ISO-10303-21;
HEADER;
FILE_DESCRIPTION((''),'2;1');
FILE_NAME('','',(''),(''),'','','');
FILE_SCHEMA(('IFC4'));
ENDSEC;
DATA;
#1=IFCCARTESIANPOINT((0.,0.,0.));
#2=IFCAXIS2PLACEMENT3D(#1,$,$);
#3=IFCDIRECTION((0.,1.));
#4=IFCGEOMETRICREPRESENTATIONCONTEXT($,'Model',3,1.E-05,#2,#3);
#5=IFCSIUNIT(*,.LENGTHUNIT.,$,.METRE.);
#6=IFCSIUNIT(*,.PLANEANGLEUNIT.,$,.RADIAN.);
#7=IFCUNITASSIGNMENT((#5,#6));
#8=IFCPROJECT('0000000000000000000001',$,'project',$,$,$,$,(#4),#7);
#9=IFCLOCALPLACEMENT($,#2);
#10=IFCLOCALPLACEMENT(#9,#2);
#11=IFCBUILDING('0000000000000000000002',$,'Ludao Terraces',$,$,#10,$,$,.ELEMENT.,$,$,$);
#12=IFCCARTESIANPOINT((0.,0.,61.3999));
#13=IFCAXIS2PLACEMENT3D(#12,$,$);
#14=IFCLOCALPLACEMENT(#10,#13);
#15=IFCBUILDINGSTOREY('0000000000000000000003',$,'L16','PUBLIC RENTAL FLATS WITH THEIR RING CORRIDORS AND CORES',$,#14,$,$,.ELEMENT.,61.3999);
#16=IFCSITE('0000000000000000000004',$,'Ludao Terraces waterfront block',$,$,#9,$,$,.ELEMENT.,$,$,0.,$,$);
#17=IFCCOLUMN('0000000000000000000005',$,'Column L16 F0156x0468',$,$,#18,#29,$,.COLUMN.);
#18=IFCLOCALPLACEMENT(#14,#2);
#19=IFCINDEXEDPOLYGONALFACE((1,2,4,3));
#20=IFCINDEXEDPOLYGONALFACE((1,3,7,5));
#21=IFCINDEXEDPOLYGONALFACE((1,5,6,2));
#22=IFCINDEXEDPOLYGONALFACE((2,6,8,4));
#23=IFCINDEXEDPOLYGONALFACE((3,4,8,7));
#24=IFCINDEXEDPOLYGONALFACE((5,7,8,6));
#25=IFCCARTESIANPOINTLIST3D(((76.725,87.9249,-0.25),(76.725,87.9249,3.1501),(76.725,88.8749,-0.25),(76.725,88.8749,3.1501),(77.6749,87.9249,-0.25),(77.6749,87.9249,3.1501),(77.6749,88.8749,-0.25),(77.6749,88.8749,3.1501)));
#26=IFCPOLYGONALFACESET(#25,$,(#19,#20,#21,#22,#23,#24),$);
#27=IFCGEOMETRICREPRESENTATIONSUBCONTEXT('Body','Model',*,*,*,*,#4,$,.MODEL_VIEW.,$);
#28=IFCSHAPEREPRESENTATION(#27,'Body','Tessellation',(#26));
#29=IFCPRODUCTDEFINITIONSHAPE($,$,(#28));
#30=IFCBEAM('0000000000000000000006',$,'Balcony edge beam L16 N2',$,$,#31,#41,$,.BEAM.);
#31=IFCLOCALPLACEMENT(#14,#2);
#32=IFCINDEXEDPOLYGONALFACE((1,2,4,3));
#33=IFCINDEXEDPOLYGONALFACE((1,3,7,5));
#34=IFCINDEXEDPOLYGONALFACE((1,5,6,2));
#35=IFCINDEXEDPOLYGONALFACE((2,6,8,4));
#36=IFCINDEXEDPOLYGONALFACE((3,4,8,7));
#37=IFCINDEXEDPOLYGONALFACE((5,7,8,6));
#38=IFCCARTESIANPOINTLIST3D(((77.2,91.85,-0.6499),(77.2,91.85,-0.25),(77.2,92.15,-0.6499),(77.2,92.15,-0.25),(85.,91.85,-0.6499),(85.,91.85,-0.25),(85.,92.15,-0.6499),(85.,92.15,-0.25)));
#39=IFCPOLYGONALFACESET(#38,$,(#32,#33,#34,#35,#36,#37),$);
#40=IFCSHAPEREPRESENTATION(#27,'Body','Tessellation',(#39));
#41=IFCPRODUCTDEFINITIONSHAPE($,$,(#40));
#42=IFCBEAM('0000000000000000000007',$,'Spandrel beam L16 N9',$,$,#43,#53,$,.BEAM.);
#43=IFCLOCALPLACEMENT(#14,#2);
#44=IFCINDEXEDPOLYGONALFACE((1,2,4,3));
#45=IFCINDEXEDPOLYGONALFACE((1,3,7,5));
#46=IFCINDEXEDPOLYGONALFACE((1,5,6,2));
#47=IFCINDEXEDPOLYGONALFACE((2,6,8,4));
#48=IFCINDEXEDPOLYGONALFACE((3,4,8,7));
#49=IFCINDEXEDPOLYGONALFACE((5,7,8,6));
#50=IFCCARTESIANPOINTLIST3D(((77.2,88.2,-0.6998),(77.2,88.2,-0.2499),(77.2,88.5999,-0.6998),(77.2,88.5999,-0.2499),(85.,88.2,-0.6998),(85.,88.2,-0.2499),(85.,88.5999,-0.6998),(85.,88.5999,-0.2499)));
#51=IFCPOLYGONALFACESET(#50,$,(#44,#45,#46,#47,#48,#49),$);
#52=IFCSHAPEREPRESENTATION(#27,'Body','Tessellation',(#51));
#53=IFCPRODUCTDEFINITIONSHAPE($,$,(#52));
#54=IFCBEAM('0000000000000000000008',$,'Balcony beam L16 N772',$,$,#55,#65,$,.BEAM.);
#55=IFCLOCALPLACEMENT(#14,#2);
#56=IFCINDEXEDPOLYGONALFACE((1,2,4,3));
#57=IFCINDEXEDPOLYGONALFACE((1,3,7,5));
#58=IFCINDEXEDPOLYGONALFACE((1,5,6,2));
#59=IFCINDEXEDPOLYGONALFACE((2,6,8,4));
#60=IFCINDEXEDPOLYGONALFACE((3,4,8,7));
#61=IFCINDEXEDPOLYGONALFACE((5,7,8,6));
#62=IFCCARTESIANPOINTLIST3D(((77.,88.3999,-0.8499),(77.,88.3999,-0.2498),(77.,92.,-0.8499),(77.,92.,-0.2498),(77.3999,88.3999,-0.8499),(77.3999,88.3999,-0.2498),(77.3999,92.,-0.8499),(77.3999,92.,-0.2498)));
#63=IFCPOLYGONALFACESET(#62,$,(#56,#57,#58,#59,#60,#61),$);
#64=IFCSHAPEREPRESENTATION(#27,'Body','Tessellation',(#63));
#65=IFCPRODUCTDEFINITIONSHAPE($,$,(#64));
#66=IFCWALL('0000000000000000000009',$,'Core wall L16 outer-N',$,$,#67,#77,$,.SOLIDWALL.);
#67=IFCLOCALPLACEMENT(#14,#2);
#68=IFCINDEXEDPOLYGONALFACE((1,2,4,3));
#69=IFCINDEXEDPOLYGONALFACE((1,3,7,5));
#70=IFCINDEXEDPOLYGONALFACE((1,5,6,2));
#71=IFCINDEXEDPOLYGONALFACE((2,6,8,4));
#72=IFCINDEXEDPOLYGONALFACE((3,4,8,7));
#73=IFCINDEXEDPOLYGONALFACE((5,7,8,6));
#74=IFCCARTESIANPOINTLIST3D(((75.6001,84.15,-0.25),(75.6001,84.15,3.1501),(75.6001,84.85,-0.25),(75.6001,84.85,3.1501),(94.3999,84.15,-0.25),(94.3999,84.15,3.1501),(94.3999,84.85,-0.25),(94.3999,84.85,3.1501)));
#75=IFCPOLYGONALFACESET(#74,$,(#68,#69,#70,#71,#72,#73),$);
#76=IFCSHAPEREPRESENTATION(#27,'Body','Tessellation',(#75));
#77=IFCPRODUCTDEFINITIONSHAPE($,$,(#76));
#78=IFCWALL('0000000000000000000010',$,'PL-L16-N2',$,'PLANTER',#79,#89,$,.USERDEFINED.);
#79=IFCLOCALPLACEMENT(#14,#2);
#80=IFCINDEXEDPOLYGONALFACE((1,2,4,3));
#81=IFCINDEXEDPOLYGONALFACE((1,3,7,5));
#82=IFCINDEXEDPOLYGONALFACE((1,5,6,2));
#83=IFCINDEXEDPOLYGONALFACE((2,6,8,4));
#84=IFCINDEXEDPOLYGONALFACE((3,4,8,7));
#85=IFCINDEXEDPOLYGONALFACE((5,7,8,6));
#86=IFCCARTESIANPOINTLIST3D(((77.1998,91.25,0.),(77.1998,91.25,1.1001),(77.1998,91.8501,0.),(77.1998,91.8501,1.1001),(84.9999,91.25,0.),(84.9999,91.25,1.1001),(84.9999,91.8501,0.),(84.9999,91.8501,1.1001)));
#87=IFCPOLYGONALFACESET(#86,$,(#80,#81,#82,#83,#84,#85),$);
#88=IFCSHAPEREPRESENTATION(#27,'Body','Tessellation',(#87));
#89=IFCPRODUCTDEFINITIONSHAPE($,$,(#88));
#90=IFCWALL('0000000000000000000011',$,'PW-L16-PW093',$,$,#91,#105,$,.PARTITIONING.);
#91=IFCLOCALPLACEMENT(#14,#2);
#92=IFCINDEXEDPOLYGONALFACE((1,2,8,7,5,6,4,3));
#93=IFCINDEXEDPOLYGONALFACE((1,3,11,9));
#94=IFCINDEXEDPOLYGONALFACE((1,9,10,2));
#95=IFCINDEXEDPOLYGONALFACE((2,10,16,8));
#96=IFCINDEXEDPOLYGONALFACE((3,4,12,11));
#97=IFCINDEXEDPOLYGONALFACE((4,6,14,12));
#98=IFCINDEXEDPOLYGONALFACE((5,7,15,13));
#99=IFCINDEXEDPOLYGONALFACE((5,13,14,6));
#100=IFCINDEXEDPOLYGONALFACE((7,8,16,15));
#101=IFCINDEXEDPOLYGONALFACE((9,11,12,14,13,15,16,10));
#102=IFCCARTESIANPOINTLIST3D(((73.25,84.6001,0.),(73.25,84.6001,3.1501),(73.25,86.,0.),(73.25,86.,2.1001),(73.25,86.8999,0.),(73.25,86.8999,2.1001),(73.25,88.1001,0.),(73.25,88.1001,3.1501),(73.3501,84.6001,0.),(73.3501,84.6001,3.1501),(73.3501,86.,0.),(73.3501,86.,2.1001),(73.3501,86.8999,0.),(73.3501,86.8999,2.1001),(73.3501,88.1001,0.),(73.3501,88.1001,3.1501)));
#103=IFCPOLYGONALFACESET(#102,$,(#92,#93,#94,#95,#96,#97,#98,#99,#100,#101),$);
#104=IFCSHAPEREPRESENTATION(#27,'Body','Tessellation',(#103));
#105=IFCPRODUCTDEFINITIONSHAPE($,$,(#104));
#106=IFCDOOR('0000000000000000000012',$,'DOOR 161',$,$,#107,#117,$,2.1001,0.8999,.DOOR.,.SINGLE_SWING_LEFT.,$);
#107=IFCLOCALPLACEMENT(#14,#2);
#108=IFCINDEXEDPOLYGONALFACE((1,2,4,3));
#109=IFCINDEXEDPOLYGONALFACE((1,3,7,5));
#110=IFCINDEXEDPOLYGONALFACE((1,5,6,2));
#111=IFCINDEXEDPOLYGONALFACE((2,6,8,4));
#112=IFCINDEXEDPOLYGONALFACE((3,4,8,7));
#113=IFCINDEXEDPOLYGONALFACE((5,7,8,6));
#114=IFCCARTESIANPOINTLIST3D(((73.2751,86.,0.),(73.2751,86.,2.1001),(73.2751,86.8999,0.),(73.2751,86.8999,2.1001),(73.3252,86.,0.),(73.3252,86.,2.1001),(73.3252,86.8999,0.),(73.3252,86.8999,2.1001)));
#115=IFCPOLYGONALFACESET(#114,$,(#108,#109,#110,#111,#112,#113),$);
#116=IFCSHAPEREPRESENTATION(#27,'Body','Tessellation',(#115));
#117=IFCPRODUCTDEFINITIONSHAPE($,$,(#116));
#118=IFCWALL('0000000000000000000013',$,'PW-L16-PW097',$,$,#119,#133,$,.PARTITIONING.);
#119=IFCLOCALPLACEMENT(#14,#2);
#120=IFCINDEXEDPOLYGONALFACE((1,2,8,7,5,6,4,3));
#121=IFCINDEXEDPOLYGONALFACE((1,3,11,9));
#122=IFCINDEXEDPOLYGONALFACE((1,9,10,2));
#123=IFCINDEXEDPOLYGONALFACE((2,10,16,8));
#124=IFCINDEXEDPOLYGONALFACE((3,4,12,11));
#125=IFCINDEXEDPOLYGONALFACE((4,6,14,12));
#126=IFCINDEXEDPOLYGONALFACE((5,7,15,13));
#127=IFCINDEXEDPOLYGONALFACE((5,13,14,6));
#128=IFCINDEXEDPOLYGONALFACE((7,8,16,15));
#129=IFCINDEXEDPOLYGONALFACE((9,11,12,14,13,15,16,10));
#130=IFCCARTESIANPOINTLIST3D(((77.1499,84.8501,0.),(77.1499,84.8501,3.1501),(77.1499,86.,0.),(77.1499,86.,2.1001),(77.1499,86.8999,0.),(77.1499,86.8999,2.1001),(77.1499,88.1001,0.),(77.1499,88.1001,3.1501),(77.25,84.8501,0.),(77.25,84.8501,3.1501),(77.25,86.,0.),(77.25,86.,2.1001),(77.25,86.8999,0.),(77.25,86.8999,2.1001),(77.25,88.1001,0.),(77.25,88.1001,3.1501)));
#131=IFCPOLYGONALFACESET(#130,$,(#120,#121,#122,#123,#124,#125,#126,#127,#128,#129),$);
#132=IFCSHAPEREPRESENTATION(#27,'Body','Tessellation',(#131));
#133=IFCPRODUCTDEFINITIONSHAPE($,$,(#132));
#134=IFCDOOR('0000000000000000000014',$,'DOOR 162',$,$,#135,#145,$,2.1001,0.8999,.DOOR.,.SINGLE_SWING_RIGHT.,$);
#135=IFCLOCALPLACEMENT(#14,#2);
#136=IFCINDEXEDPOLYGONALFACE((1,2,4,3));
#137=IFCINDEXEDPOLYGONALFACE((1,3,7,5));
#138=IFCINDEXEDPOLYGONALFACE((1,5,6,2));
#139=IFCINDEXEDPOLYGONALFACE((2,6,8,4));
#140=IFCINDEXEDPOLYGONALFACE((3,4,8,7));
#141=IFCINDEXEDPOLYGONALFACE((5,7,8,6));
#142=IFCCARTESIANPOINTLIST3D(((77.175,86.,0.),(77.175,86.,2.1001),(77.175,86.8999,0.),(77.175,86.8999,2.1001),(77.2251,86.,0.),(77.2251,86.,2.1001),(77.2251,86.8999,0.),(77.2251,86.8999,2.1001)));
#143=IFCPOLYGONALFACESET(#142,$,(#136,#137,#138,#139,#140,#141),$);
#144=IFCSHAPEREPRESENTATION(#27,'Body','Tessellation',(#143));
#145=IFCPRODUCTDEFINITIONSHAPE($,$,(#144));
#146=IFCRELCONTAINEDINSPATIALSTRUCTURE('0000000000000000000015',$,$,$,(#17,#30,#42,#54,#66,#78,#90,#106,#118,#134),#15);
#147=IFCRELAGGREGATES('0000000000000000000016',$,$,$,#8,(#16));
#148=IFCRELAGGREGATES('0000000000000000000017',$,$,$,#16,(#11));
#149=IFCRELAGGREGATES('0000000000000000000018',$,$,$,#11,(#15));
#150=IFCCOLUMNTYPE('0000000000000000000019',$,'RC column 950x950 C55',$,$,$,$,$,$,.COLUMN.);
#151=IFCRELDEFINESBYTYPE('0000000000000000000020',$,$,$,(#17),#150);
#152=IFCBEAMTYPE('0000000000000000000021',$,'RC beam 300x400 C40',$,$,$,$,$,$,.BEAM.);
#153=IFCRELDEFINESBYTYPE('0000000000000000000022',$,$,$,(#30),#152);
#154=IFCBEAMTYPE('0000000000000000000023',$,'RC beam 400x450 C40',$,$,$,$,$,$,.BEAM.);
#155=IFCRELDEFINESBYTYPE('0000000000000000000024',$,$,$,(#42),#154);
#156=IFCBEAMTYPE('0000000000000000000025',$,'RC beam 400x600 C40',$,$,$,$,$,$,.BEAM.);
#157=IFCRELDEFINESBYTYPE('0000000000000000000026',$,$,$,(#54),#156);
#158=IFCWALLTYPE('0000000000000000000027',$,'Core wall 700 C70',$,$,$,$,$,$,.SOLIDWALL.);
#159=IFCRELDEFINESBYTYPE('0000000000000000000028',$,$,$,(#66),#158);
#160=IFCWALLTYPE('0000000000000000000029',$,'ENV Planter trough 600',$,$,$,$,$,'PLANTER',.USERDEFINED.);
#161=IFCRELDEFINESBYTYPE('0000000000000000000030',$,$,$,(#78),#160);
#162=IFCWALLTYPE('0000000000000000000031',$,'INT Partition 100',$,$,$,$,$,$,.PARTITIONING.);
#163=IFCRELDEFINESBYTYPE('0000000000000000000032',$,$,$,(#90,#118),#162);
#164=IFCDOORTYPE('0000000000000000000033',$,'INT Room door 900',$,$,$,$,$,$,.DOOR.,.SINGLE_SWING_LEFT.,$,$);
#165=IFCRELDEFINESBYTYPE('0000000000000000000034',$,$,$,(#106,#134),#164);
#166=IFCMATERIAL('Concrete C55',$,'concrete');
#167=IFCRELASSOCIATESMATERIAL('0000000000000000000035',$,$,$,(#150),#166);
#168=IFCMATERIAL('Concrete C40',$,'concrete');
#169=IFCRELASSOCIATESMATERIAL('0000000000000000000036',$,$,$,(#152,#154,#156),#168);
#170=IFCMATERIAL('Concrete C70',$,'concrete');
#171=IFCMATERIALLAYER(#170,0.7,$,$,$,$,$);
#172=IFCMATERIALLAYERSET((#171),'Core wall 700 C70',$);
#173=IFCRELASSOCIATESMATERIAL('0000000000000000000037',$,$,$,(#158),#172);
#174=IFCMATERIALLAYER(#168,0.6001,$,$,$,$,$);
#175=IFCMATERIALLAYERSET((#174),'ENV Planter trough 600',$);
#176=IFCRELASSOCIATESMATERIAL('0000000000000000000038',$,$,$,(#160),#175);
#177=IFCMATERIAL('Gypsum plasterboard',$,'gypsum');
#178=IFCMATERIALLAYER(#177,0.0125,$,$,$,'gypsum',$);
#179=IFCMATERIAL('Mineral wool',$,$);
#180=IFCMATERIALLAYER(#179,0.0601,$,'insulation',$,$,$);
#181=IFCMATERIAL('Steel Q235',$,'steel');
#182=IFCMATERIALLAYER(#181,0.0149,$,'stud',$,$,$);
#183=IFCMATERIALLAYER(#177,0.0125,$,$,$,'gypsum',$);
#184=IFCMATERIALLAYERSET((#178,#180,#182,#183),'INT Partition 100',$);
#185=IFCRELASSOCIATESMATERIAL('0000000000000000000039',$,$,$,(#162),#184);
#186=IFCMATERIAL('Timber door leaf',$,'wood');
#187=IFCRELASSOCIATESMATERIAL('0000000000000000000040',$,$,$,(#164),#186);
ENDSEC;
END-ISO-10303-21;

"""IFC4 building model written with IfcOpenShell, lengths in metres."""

from ifc_helpers import new_model, si_unit, direction, frame, frame_2d, origin, origin_2d, place, context, subcontext, project, spatial, rectangle, extrude, material, layer, layer_set, material_profile, profile_set, type_object, element, fill, save


model = new_model("IFC4")

# Units and contexts
model_context = context("Model", 3, precision=1e-05, world=origin(), true_north=direction((0.0, 1.0)))
body_context = subcontext(model_context, "Body", "Model", "MODEL_VIEW")
ifc_project = project(units=[si_unit("LENGTHUNIT", "METRE"), si_unit("PLANEANGLEUNIT", "RADIAN")], contexts=[model_context])

# Site, building, storey
site_placement = place(None, origin())
site = spatial("IfcSite", under=ifc_project, at=site_placement, Name="Ludao Terraces waterfront block", CompositionType="ELEMENT", RefElevation=0.0)
building_placement = place(site_placement, origin())
building = spatial("IfcBuilding", under=site, at=building_placement, Name="Ludao Terraces", CompositionType="ELEMENT")
storey_placement = place(building_placement, frame((0.0, 0.0, 61.3999)))
storey = spatial("IfcBuildingStorey", under=building, at=storey_placement, Name="L16", Description="PUBLIC RENTAL FLATS WITH THEIR RING CORRIDORS AND CORES", CompositionType="ELEMENT", Elevation=61.3999)

# Column
ifc_material_1 = material(Name="Concrete C55", Category="concrete")
ifc_material_profile_1 = material_profile(ifc_material_1, rectangle(XDim=0.95, YDim=0.95, at=origin_2d()), Name="950 X 950")
ifc_profile_set_1 = profile_set([ifc_material_profile_1], Name="Concrete C55")
column_type = type_object("IfcColumnType", Name="RC column 950x950 C55", PredefinedType="COLUMN", material=ifc_profile_set_1)
column_placement = place(storey_placement, frame((77.2, 88.3999, -0.25), z_axis=(0.0, 0.0, 1.0), x_axis=(1.0, 0.0, 0.0)))
element("IfcColumn", 1, at=column_placement, inside=storey, type_object=column_type, Name="Column L16 F0156x0468", PredefinedType="COLUMN", context=body_context, shape_type="SweptSolid", body=[
    extrude(rectangle(XDim=0.95, YDim=0.95, at=origin_2d()), origin(), (0.0, 0.0, 1.0), 3.4001),
])

# Beams
ifc_material_2 = material(Name="Concrete C40", Category="concrete")
ifc_material_profile_2 = material_profile(ifc_material_2, rectangle(XDim=0.3, YDim=0.3999, at=origin_2d()), Name="300 X 400")
ifc_profile_set_2 = profile_set([ifc_material_profile_2], Name="Concrete C40")
beam_type_1 = type_object("IfcBeamType", Name="RC beam 300x400 C40", PredefinedType="BEAM", material=ifc_profile_set_2)
beam_1_placement = place(storey_placement, frame((77.2, 92.0, -0.45), z_axis=(1.0, 0.0, 0.0), x_axis=(0.0, 1.0, 0.0)))
element("IfcBeam", 2, at=beam_1_placement, inside=storey, type_object=beam_type_1, Name="Balcony edge beam L16 N2", PredefinedType="BEAM", context=body_context, shape_type="SweptSolid", body=[
    extrude(rectangle(XDim=0.3, YDim=0.3999, at=origin_2d()), origin(), (0.0, 0.0, 1.0), 7.8),
])
ifc_material_profile_3 = material_profile(ifc_material_2, rectangle(XDim=0.3999, YDim=0.45, at=origin_2d()), Name="400 X 450")
ifc_profile_set_3 = profile_set([ifc_material_profile_3], Name="Concrete C40")
beam_type_2 = type_object("IfcBeamType", Name="RC beam 400x450 C40", PredefinedType="BEAM", material=ifc_profile_set_3)
beam_2_placement = place(storey_placement, frame((77.2, 88.3999, -0.4749), z_axis=(1.0, 0.0, 0.0), x_axis=(0.0, 1.0, 0.0)))
element("IfcBeam", 3, at=beam_2_placement, inside=storey, type_object=beam_type_2, Name="Spandrel beam L16 N9", PredefinedType="BEAM", context=body_context, shape_type="SweptSolid", body=[
    extrude(rectangle(XDim=0.3999, YDim=0.45, at=origin_2d()), origin(), (0.0, 0.0, 1.0), 7.8),
])
ifc_material_profile_4 = material_profile(ifc_material_2, rectangle(XDim=0.3999, YDim=0.6001, at=origin_2d()), Name="400 X 600")
ifc_profile_set_4 = profile_set([ifc_material_profile_4], Name="Concrete C40")
beam_type_3 = type_object("IfcBeamType", Name="RC beam 400x600 C40", PredefinedType="BEAM", material=ifc_profile_set_4)
beam_3_placement = place(storey_placement, frame((77.2, 88.3999, -0.5498), z_axis=(0.0, 1.0, 0.0), x_axis=(-1.0, 0.0, 0.0)))
element("IfcBeam", 4, at=beam_3_placement, inside=storey, type_object=beam_type_3, Name="Balcony beam L16 N772", PredefinedType="BEAM", context=body_context, shape_type="SweptSolid", body=[
    extrude(rectangle(XDim=0.3999, YDim=0.6001, at=origin_2d()), origin(), (0.0, 0.0, 1.0), 3.6001),
])

# Walls
ifc_material_3 = material(Name="Concrete C70", Category="concrete")
ifc_layer_1 = layer(ifc_material_3, 0.7)
ifc_layer_set_1 = layer_set([ifc_layer_1], Name="Core wall 700 C70")
wall_type_1 = type_object("IfcWallType", Name="Core wall 700 C70", PredefinedType="SOLIDWALL", material=ifc_layer_set_1)
wall_1_placement = place(storey_placement, frame((75.6001, 84.5, -0.25), z_axis=(0.0, 0.0, 1.0), x_axis=(1.0, 0.0, 0.0)))
element("IfcWall", 5, at=wall_1_placement, inside=storey, type_object=wall_type_1, Name="Core wall L16 outer-N", PredefinedType="SOLIDWALL", context=body_context, shape_type="SweptSolid", body=[
    extrude(rectangle(XDim=18.7998, YDim=0.7, at=frame_2d((9.3999, 0.0))), origin(), (0.0, 0.0, 1.0), 3.4001),
])
ifc_layer_2 = layer(ifc_material_2, 0.6001)
ifc_layer_set_2 = layer_set([ifc_layer_2], Name="ENV Planter trough 600")
wall_type_2 = type_object("IfcWallType", Name="ENV Planter trough 600", ElementType="PLANTER", PredefinedType="USERDEFINED", material=ifc_layer_set_2)
wall_2_placement = place(storey_placement, frame((77.2, 91.55, 0.0), z_axis=(0.0, 0.0, 1.0), x_axis=(1.0, 0.0, 0.0)))
element("IfcWall", 6, at=wall_2_placement, inside=storey, type_object=wall_type_2, Name="PL-L16-N2", ObjectType="PLANTER", PredefinedType="USERDEFINED", context=body_context, shape_type="SweptSolid", body=[
    extrude(rectangle(XDim=7.8, YDim=0.6001, at=frame_2d((3.8999, 0.0))), origin(), (0.0, 0.0, 1.0), 1.1001),
])

# Shared definitions
ifc_material_4 = material(Name="Mineral wool")

# Walls, openings, doors
ifc_material_5 = material(Name="Gypsum plasterboard", Category="gypsum")
ifc_layer_3 = layer(ifc_material_5, 0.0125, Category="gypsum")
ifc_layer_4 = layer(ifc_material_4, 0.0601, Name="insulation")
ifc_material_6 = material(Name="Steel Q235", Category="steel")
ifc_layer_5 = layer(ifc_material_6, 0.0149, Name="stud")
ifc_layer_6 = layer(ifc_material_5, 0.0125, Category="gypsum")
ifc_layer_set_3 = layer_set([ifc_layer_3, ifc_layer_4, ifc_layer_5, ifc_layer_6], Name="INT Partition 100")
wall_type_3 = type_object("IfcWallType", Name="INT Partition 100", PredefinedType="PARTITIONING", material=ifc_layer_set_3)
wall_3_placement = place(storey_placement, frame((73.3, 84.6001, 0.0), z_axis=(0.0, 0.0, 1.0), x_axis=(0.0, 1.0, 0.0)))
wall_3 = element("IfcWall", 7, at=wall_3_placement, inside=storey, type_object=wall_type_3, Name="PW-L16-PW093", PredefinedType="PARTITIONING", context=body_context, shape_type="SweptSolid", body=[
    extrude(rectangle(XDim=3.5, YDim=0.1001, at=frame_2d((1.75, 0.0))), origin(), (0.0, 0.0, 1.0), 3.1501),
])
opening_1_placement = place(wall_3_placement, frame((1.3999, 0.0, 0.0)))
opening_1 = element("IfcOpeningElement", 8, at=opening_1_placement, cuts=wall_3, PredefinedType="OPENING", context=body_context, shape_type="SweptSolid", body=[
    extrude(rectangle(XDim=0.8999, YDim=2.1001, at=frame_2d((0.45, 1.05))), frame((0.0, 0.0601, 0.0), z_axis=(0.0, -1.0, 0.0), x_axis=(1.0, 0.0, 0.0)), (0.0, 0.0, 1.0), 0.1201),
])
ifc_material_7 = material(Name="Timber door leaf", Category="wood")
door_type_1 = type_object("IfcDoorType", Name="INT Room door 900", OperationType="SINGLE_SWING_LEFT", PredefinedType="DOOR", material=ifc_material_7)
door_1_placement = place(opening_1_placement, origin())
door_1 = element("IfcDoor", 9, at=door_1_placement, inside=storey, type_object=door_type_1, Name="DOOR 161", OperationType="SINGLE_SWING_LEFT", OverallHeight=2.1001, OverallWidth=0.8999, PredefinedType="DOOR", context=body_context, shape_type="SweptSolid", body=[
    extrude(rectangle(XDim=0.8999, YDim=2.1001, at=frame_2d((0.45, 1.05))), frame((0.0, 0.0249, 0.0), z_axis=(0.0, -1.0, 0.0), x_axis=(1.0, 0.0, 0.0)), (0.0, 0.0, 1.0), 0.05),
])
fill(opening_1, door_1)
wall_4_placement = place(storey_placement, frame((77.2, 84.8501, 0.0), z_axis=(0.0, 0.0, 1.0), x_axis=(0.0, 1.0, 0.0)))
wall_4 = element("IfcWall", 10, at=wall_4_placement, inside=storey, type_object=wall_type_3, Name="PW-L16-PW097", PredefinedType="PARTITIONING", context=body_context, shape_type="SweptSolid", body=[
    extrude(rectangle(XDim=3.25, YDim=0.1001, at=frame_2d((1.625, 0.0))), origin(), (0.0, 0.0, 1.0), 3.1501),
])
opening_2_placement = place(wall_4_placement, frame((1.1499, 0.0, 0.0)))
opening_2 = element("IfcOpeningElement", 11, at=opening_2_placement, cuts=wall_4, PredefinedType="OPENING", context=body_context, shape_type="SweptSolid", body=[
    extrude(rectangle(XDim=0.8999, YDim=2.1001, at=frame_2d((0.45, 1.05))), frame((0.0, 0.0601, 0.0), z_axis=(0.0, -1.0, 0.0), x_axis=(1.0, 0.0, 0.0)), (0.0, 0.0, 1.0), 0.1201),
])
door_2_placement = place(opening_2_placement, origin())
door_2 = element("IfcDoor", 12, at=door_2_placement, inside=storey, type_object=door_type_1, Name="DOOR 162", OperationType="SINGLE_SWING_RIGHT", OverallHeight=2.1001, OverallWidth=0.8999, PredefinedType="DOOR", context=body_context, shape_type="SweptSolid", body=[
    extrude(rectangle(XDim=0.8999, YDim=2.1001, at=frame_2d((0.45, 1.05))), frame((0.0, 0.0249, 0.0), z_axis=(0.0, -1.0, 0.0), x_axis=(1.0, 0.0, 0.0)), (0.0, 0.0, 1.0), 0.05),
])
fill(opening_2, door_2)

save(model, "model.ifc")
